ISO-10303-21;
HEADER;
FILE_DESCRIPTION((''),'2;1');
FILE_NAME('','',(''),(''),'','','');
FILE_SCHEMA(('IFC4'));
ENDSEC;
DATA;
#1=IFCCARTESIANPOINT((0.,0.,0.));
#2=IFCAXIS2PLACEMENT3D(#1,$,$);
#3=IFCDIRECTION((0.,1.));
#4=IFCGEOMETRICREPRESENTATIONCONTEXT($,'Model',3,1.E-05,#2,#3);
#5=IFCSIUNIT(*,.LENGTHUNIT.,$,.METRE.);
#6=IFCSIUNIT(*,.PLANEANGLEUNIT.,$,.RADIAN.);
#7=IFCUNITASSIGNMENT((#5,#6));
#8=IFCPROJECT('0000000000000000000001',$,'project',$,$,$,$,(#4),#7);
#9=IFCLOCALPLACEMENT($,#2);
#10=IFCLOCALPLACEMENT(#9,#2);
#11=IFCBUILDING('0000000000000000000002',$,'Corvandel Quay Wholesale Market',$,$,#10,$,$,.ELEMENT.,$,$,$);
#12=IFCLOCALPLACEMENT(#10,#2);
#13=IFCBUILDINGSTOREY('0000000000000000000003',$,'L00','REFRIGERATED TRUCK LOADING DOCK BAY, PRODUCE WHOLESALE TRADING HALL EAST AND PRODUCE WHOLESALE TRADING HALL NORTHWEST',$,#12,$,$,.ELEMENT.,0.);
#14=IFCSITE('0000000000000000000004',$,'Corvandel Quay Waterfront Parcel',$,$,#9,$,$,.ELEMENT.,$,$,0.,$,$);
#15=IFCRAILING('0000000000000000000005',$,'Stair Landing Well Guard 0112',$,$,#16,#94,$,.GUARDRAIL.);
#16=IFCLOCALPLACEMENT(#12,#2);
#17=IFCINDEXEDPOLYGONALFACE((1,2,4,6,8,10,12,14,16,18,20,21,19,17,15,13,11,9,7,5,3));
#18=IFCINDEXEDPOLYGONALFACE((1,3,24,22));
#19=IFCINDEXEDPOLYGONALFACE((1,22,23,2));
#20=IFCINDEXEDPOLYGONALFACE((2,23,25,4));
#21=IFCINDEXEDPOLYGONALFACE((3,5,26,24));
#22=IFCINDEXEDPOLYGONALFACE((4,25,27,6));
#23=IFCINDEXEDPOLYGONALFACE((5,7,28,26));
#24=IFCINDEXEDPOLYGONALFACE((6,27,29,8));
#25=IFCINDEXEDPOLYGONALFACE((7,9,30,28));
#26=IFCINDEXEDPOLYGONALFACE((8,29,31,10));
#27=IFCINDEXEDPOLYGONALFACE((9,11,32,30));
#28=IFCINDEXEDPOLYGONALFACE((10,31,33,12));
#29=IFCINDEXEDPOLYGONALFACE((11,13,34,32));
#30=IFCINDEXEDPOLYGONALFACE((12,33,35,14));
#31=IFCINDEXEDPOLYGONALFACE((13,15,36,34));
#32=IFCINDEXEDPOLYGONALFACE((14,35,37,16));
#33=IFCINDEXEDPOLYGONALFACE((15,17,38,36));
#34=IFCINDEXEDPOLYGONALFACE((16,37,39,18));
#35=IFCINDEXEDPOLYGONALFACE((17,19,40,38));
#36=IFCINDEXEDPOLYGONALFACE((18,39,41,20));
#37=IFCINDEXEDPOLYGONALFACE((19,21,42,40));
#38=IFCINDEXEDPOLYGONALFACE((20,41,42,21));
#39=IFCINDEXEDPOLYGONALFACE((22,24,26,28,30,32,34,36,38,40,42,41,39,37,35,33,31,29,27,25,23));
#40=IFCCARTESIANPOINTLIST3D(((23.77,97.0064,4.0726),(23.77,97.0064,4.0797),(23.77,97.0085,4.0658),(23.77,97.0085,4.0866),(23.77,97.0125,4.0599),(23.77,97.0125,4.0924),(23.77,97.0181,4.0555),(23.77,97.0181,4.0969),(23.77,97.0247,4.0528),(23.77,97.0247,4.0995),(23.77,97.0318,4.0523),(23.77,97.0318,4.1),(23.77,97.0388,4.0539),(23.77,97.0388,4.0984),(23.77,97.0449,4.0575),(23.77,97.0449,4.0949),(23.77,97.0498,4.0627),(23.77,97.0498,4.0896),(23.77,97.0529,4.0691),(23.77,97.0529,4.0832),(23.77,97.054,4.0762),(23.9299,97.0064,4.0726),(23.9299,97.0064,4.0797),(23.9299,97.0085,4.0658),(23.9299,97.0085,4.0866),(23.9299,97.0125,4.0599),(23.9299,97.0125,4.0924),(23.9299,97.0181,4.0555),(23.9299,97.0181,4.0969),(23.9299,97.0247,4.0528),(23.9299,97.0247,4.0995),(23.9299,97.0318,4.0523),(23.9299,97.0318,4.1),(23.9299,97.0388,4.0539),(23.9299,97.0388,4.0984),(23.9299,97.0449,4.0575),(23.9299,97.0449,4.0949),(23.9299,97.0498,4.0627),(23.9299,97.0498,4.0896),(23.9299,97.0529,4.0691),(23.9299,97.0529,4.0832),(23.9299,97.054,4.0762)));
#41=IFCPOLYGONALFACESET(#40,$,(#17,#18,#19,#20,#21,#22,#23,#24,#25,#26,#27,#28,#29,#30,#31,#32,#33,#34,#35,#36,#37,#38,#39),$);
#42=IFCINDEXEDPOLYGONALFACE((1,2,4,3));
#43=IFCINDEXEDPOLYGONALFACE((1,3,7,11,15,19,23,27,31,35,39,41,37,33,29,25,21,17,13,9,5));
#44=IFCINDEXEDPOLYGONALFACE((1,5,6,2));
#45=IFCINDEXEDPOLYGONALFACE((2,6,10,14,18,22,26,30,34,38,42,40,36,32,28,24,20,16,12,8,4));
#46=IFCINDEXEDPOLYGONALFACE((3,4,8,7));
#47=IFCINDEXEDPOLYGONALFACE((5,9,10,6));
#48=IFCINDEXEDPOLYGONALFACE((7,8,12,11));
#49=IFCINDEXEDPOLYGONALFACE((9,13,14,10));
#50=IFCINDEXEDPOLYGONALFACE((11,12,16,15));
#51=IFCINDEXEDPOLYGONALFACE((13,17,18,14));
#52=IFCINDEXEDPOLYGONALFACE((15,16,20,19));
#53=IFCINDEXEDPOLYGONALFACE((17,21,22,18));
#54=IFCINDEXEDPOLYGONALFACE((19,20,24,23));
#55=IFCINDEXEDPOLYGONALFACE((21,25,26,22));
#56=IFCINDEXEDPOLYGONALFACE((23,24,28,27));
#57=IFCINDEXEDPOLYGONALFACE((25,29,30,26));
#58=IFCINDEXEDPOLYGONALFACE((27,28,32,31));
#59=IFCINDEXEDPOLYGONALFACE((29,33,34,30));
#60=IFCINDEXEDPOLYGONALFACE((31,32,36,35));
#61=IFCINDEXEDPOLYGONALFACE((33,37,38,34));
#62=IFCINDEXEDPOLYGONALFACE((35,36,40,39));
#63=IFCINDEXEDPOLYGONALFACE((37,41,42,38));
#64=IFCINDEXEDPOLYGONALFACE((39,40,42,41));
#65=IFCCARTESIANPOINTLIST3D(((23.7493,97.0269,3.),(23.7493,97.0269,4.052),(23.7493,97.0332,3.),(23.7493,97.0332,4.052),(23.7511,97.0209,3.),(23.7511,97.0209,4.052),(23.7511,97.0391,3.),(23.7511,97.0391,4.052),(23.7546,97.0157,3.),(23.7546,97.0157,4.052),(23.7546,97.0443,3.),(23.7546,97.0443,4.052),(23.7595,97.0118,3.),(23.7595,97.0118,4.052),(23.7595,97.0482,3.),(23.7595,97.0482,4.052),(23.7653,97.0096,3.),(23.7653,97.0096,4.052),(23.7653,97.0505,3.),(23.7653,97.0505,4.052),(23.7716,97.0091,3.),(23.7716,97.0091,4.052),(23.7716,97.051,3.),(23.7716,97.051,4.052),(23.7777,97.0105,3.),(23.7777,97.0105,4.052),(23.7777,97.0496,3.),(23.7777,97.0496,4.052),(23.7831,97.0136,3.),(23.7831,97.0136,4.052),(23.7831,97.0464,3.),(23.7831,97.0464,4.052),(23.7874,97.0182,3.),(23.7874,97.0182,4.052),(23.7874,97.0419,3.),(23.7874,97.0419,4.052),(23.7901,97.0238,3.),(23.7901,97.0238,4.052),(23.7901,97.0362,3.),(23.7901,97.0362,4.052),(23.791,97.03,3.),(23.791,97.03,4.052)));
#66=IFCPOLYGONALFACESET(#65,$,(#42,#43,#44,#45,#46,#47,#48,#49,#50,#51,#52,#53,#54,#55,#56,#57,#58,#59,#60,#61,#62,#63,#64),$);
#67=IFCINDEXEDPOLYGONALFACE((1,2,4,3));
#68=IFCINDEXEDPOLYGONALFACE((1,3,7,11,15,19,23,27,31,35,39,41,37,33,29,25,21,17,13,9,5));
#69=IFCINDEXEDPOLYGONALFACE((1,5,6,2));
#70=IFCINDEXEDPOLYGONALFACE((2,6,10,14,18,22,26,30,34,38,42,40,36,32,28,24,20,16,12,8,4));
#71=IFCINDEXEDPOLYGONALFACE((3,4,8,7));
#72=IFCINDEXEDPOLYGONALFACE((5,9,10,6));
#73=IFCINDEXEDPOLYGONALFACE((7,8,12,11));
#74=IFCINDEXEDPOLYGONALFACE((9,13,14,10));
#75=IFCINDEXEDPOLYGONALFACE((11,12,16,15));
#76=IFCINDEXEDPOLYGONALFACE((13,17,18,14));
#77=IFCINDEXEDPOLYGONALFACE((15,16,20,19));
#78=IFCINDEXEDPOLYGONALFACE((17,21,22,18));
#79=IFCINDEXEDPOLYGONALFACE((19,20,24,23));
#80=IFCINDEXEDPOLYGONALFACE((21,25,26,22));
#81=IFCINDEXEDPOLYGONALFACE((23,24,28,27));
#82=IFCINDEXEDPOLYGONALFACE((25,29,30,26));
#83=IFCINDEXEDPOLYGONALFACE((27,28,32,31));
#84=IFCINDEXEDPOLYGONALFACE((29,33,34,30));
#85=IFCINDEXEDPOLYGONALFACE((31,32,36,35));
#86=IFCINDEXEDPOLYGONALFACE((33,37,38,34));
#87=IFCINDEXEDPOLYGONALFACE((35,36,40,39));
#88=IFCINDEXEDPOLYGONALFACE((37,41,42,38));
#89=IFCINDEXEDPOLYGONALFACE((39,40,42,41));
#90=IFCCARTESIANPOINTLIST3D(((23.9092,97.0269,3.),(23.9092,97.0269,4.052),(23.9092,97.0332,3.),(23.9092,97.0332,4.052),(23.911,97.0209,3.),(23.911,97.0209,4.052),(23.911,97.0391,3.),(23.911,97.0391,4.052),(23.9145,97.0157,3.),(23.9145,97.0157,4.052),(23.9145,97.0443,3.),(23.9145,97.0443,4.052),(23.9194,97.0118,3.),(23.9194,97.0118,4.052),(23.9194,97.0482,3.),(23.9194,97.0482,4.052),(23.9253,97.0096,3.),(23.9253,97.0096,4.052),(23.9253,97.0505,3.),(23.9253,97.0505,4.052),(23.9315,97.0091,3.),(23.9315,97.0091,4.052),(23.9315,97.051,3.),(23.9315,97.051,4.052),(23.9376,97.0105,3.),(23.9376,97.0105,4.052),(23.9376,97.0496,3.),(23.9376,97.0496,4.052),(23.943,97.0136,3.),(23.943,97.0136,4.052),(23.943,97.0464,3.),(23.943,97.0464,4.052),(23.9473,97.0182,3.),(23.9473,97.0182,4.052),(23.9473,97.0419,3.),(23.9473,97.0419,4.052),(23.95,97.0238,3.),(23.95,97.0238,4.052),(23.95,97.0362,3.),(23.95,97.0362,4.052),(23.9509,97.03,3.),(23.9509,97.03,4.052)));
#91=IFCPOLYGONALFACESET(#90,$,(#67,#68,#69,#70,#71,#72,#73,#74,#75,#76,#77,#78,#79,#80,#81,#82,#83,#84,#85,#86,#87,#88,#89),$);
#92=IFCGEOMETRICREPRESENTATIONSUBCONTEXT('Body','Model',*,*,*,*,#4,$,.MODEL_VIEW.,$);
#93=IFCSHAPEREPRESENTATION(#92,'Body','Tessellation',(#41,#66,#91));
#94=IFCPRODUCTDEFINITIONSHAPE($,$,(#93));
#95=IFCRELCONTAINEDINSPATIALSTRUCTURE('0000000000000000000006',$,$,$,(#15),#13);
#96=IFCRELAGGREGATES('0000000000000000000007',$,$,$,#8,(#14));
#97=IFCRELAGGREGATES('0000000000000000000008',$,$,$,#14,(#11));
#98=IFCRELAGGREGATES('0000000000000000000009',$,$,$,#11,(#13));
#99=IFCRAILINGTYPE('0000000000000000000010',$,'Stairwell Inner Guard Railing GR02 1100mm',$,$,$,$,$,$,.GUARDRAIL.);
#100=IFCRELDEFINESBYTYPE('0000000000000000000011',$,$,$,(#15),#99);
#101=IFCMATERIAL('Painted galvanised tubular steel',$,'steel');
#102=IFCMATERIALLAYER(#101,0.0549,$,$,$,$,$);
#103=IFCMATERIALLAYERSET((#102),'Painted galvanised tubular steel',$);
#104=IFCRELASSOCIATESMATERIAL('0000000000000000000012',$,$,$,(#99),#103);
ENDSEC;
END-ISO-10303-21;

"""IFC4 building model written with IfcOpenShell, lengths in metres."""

from ifc_helpers import new_model, si_unit, direction, frame, origin, origin_2d, place, context, subcontext, project, spatial, circle, extrude, material, layer, layer_set, type_object, element, save


model = new_model("IFC4")

# Units and contexts
model_context = context("Model", 3, precision=1e-05, world=origin(), true_north=direction((0.0, 1.0)))
body_context = subcontext(model_context, "Body", "Model", "MODEL_VIEW")
ifc_project = project(units=[si_unit("LENGTHUNIT", "METRE"), si_unit("PLANEANGLEUNIT", "RADIAN")], contexts=[model_context])

# Site, building, storey
site_placement = place(None, origin())
site = spatial("IfcSite", under=ifc_project, at=site_placement, Name="Corvandel Quay Waterfront Parcel", CompositionType="ELEMENT", RefElevation=0.0)
building_placement = place(site_placement, origin())
building = spatial("IfcBuilding", under=site, at=building_placement, Name="Corvandel Quay Wholesale Market", CompositionType="ELEMENT")
storey_placement = place(building_placement, origin())
storey = spatial("IfcBuildingStorey", under=building, at=storey_placement, Name="L00", Description="REFRIGERATED TRUCK LOADING DOCK BAY, PRODUCE WHOLESALE TRADING HALL EAST AND PRODUCE WHOLESALE TRADING HALL NORTHWEST", CompositionType="ELEMENT", Elevation=0.0)

# Railing
ifc_material_1 = material(Name="Painted galvanised tubular steel", Category="steel")
ifc_layer_1 = layer(ifc_material_1, 0.0549)
ifc_layer_set_1 = layer_set([ifc_layer_1], Name="Painted galvanised tubular steel")
railing_type_1 = type_object("IfcRailingType", Name="Stairwell Inner Guard Railing GR02 1100mm", PredefinedType="GUARDRAIL", material=ifc_layer_set_1)
railing_1_placement = place(storey_placement, frame((23.77, 97.03, 3.0)))
element("IfcRailing", 1, at=railing_1_placement, inside=storey, type_object=railing_type_1, Name="Stair Landing Well Guard 0112", PredefinedType="GUARDRAIL", context=body_context, shape_type="SweptSolid", body=[
    extrude(circle(Radius=0.0239, at=origin_2d()), frame((0.0, 0.0, 1.0762), z_axis=(1.0, 0.0, 0.0), x_axis=(0.0, 1.0, 0.0)), (0.0, 0.0, 1.0), 0.1599),
    extrude(circle(Radius=0.021, at=origin_2d()), origin(), (0.0, 0.0, 1.0), 1.052),
    extrude(circle(Radius=0.021, at=origin_2d()), frame((0.1599, 0.0, 0.0)), (0.0, 0.0, 1.0), 1.052),
])

save(model, "model.ifc")
